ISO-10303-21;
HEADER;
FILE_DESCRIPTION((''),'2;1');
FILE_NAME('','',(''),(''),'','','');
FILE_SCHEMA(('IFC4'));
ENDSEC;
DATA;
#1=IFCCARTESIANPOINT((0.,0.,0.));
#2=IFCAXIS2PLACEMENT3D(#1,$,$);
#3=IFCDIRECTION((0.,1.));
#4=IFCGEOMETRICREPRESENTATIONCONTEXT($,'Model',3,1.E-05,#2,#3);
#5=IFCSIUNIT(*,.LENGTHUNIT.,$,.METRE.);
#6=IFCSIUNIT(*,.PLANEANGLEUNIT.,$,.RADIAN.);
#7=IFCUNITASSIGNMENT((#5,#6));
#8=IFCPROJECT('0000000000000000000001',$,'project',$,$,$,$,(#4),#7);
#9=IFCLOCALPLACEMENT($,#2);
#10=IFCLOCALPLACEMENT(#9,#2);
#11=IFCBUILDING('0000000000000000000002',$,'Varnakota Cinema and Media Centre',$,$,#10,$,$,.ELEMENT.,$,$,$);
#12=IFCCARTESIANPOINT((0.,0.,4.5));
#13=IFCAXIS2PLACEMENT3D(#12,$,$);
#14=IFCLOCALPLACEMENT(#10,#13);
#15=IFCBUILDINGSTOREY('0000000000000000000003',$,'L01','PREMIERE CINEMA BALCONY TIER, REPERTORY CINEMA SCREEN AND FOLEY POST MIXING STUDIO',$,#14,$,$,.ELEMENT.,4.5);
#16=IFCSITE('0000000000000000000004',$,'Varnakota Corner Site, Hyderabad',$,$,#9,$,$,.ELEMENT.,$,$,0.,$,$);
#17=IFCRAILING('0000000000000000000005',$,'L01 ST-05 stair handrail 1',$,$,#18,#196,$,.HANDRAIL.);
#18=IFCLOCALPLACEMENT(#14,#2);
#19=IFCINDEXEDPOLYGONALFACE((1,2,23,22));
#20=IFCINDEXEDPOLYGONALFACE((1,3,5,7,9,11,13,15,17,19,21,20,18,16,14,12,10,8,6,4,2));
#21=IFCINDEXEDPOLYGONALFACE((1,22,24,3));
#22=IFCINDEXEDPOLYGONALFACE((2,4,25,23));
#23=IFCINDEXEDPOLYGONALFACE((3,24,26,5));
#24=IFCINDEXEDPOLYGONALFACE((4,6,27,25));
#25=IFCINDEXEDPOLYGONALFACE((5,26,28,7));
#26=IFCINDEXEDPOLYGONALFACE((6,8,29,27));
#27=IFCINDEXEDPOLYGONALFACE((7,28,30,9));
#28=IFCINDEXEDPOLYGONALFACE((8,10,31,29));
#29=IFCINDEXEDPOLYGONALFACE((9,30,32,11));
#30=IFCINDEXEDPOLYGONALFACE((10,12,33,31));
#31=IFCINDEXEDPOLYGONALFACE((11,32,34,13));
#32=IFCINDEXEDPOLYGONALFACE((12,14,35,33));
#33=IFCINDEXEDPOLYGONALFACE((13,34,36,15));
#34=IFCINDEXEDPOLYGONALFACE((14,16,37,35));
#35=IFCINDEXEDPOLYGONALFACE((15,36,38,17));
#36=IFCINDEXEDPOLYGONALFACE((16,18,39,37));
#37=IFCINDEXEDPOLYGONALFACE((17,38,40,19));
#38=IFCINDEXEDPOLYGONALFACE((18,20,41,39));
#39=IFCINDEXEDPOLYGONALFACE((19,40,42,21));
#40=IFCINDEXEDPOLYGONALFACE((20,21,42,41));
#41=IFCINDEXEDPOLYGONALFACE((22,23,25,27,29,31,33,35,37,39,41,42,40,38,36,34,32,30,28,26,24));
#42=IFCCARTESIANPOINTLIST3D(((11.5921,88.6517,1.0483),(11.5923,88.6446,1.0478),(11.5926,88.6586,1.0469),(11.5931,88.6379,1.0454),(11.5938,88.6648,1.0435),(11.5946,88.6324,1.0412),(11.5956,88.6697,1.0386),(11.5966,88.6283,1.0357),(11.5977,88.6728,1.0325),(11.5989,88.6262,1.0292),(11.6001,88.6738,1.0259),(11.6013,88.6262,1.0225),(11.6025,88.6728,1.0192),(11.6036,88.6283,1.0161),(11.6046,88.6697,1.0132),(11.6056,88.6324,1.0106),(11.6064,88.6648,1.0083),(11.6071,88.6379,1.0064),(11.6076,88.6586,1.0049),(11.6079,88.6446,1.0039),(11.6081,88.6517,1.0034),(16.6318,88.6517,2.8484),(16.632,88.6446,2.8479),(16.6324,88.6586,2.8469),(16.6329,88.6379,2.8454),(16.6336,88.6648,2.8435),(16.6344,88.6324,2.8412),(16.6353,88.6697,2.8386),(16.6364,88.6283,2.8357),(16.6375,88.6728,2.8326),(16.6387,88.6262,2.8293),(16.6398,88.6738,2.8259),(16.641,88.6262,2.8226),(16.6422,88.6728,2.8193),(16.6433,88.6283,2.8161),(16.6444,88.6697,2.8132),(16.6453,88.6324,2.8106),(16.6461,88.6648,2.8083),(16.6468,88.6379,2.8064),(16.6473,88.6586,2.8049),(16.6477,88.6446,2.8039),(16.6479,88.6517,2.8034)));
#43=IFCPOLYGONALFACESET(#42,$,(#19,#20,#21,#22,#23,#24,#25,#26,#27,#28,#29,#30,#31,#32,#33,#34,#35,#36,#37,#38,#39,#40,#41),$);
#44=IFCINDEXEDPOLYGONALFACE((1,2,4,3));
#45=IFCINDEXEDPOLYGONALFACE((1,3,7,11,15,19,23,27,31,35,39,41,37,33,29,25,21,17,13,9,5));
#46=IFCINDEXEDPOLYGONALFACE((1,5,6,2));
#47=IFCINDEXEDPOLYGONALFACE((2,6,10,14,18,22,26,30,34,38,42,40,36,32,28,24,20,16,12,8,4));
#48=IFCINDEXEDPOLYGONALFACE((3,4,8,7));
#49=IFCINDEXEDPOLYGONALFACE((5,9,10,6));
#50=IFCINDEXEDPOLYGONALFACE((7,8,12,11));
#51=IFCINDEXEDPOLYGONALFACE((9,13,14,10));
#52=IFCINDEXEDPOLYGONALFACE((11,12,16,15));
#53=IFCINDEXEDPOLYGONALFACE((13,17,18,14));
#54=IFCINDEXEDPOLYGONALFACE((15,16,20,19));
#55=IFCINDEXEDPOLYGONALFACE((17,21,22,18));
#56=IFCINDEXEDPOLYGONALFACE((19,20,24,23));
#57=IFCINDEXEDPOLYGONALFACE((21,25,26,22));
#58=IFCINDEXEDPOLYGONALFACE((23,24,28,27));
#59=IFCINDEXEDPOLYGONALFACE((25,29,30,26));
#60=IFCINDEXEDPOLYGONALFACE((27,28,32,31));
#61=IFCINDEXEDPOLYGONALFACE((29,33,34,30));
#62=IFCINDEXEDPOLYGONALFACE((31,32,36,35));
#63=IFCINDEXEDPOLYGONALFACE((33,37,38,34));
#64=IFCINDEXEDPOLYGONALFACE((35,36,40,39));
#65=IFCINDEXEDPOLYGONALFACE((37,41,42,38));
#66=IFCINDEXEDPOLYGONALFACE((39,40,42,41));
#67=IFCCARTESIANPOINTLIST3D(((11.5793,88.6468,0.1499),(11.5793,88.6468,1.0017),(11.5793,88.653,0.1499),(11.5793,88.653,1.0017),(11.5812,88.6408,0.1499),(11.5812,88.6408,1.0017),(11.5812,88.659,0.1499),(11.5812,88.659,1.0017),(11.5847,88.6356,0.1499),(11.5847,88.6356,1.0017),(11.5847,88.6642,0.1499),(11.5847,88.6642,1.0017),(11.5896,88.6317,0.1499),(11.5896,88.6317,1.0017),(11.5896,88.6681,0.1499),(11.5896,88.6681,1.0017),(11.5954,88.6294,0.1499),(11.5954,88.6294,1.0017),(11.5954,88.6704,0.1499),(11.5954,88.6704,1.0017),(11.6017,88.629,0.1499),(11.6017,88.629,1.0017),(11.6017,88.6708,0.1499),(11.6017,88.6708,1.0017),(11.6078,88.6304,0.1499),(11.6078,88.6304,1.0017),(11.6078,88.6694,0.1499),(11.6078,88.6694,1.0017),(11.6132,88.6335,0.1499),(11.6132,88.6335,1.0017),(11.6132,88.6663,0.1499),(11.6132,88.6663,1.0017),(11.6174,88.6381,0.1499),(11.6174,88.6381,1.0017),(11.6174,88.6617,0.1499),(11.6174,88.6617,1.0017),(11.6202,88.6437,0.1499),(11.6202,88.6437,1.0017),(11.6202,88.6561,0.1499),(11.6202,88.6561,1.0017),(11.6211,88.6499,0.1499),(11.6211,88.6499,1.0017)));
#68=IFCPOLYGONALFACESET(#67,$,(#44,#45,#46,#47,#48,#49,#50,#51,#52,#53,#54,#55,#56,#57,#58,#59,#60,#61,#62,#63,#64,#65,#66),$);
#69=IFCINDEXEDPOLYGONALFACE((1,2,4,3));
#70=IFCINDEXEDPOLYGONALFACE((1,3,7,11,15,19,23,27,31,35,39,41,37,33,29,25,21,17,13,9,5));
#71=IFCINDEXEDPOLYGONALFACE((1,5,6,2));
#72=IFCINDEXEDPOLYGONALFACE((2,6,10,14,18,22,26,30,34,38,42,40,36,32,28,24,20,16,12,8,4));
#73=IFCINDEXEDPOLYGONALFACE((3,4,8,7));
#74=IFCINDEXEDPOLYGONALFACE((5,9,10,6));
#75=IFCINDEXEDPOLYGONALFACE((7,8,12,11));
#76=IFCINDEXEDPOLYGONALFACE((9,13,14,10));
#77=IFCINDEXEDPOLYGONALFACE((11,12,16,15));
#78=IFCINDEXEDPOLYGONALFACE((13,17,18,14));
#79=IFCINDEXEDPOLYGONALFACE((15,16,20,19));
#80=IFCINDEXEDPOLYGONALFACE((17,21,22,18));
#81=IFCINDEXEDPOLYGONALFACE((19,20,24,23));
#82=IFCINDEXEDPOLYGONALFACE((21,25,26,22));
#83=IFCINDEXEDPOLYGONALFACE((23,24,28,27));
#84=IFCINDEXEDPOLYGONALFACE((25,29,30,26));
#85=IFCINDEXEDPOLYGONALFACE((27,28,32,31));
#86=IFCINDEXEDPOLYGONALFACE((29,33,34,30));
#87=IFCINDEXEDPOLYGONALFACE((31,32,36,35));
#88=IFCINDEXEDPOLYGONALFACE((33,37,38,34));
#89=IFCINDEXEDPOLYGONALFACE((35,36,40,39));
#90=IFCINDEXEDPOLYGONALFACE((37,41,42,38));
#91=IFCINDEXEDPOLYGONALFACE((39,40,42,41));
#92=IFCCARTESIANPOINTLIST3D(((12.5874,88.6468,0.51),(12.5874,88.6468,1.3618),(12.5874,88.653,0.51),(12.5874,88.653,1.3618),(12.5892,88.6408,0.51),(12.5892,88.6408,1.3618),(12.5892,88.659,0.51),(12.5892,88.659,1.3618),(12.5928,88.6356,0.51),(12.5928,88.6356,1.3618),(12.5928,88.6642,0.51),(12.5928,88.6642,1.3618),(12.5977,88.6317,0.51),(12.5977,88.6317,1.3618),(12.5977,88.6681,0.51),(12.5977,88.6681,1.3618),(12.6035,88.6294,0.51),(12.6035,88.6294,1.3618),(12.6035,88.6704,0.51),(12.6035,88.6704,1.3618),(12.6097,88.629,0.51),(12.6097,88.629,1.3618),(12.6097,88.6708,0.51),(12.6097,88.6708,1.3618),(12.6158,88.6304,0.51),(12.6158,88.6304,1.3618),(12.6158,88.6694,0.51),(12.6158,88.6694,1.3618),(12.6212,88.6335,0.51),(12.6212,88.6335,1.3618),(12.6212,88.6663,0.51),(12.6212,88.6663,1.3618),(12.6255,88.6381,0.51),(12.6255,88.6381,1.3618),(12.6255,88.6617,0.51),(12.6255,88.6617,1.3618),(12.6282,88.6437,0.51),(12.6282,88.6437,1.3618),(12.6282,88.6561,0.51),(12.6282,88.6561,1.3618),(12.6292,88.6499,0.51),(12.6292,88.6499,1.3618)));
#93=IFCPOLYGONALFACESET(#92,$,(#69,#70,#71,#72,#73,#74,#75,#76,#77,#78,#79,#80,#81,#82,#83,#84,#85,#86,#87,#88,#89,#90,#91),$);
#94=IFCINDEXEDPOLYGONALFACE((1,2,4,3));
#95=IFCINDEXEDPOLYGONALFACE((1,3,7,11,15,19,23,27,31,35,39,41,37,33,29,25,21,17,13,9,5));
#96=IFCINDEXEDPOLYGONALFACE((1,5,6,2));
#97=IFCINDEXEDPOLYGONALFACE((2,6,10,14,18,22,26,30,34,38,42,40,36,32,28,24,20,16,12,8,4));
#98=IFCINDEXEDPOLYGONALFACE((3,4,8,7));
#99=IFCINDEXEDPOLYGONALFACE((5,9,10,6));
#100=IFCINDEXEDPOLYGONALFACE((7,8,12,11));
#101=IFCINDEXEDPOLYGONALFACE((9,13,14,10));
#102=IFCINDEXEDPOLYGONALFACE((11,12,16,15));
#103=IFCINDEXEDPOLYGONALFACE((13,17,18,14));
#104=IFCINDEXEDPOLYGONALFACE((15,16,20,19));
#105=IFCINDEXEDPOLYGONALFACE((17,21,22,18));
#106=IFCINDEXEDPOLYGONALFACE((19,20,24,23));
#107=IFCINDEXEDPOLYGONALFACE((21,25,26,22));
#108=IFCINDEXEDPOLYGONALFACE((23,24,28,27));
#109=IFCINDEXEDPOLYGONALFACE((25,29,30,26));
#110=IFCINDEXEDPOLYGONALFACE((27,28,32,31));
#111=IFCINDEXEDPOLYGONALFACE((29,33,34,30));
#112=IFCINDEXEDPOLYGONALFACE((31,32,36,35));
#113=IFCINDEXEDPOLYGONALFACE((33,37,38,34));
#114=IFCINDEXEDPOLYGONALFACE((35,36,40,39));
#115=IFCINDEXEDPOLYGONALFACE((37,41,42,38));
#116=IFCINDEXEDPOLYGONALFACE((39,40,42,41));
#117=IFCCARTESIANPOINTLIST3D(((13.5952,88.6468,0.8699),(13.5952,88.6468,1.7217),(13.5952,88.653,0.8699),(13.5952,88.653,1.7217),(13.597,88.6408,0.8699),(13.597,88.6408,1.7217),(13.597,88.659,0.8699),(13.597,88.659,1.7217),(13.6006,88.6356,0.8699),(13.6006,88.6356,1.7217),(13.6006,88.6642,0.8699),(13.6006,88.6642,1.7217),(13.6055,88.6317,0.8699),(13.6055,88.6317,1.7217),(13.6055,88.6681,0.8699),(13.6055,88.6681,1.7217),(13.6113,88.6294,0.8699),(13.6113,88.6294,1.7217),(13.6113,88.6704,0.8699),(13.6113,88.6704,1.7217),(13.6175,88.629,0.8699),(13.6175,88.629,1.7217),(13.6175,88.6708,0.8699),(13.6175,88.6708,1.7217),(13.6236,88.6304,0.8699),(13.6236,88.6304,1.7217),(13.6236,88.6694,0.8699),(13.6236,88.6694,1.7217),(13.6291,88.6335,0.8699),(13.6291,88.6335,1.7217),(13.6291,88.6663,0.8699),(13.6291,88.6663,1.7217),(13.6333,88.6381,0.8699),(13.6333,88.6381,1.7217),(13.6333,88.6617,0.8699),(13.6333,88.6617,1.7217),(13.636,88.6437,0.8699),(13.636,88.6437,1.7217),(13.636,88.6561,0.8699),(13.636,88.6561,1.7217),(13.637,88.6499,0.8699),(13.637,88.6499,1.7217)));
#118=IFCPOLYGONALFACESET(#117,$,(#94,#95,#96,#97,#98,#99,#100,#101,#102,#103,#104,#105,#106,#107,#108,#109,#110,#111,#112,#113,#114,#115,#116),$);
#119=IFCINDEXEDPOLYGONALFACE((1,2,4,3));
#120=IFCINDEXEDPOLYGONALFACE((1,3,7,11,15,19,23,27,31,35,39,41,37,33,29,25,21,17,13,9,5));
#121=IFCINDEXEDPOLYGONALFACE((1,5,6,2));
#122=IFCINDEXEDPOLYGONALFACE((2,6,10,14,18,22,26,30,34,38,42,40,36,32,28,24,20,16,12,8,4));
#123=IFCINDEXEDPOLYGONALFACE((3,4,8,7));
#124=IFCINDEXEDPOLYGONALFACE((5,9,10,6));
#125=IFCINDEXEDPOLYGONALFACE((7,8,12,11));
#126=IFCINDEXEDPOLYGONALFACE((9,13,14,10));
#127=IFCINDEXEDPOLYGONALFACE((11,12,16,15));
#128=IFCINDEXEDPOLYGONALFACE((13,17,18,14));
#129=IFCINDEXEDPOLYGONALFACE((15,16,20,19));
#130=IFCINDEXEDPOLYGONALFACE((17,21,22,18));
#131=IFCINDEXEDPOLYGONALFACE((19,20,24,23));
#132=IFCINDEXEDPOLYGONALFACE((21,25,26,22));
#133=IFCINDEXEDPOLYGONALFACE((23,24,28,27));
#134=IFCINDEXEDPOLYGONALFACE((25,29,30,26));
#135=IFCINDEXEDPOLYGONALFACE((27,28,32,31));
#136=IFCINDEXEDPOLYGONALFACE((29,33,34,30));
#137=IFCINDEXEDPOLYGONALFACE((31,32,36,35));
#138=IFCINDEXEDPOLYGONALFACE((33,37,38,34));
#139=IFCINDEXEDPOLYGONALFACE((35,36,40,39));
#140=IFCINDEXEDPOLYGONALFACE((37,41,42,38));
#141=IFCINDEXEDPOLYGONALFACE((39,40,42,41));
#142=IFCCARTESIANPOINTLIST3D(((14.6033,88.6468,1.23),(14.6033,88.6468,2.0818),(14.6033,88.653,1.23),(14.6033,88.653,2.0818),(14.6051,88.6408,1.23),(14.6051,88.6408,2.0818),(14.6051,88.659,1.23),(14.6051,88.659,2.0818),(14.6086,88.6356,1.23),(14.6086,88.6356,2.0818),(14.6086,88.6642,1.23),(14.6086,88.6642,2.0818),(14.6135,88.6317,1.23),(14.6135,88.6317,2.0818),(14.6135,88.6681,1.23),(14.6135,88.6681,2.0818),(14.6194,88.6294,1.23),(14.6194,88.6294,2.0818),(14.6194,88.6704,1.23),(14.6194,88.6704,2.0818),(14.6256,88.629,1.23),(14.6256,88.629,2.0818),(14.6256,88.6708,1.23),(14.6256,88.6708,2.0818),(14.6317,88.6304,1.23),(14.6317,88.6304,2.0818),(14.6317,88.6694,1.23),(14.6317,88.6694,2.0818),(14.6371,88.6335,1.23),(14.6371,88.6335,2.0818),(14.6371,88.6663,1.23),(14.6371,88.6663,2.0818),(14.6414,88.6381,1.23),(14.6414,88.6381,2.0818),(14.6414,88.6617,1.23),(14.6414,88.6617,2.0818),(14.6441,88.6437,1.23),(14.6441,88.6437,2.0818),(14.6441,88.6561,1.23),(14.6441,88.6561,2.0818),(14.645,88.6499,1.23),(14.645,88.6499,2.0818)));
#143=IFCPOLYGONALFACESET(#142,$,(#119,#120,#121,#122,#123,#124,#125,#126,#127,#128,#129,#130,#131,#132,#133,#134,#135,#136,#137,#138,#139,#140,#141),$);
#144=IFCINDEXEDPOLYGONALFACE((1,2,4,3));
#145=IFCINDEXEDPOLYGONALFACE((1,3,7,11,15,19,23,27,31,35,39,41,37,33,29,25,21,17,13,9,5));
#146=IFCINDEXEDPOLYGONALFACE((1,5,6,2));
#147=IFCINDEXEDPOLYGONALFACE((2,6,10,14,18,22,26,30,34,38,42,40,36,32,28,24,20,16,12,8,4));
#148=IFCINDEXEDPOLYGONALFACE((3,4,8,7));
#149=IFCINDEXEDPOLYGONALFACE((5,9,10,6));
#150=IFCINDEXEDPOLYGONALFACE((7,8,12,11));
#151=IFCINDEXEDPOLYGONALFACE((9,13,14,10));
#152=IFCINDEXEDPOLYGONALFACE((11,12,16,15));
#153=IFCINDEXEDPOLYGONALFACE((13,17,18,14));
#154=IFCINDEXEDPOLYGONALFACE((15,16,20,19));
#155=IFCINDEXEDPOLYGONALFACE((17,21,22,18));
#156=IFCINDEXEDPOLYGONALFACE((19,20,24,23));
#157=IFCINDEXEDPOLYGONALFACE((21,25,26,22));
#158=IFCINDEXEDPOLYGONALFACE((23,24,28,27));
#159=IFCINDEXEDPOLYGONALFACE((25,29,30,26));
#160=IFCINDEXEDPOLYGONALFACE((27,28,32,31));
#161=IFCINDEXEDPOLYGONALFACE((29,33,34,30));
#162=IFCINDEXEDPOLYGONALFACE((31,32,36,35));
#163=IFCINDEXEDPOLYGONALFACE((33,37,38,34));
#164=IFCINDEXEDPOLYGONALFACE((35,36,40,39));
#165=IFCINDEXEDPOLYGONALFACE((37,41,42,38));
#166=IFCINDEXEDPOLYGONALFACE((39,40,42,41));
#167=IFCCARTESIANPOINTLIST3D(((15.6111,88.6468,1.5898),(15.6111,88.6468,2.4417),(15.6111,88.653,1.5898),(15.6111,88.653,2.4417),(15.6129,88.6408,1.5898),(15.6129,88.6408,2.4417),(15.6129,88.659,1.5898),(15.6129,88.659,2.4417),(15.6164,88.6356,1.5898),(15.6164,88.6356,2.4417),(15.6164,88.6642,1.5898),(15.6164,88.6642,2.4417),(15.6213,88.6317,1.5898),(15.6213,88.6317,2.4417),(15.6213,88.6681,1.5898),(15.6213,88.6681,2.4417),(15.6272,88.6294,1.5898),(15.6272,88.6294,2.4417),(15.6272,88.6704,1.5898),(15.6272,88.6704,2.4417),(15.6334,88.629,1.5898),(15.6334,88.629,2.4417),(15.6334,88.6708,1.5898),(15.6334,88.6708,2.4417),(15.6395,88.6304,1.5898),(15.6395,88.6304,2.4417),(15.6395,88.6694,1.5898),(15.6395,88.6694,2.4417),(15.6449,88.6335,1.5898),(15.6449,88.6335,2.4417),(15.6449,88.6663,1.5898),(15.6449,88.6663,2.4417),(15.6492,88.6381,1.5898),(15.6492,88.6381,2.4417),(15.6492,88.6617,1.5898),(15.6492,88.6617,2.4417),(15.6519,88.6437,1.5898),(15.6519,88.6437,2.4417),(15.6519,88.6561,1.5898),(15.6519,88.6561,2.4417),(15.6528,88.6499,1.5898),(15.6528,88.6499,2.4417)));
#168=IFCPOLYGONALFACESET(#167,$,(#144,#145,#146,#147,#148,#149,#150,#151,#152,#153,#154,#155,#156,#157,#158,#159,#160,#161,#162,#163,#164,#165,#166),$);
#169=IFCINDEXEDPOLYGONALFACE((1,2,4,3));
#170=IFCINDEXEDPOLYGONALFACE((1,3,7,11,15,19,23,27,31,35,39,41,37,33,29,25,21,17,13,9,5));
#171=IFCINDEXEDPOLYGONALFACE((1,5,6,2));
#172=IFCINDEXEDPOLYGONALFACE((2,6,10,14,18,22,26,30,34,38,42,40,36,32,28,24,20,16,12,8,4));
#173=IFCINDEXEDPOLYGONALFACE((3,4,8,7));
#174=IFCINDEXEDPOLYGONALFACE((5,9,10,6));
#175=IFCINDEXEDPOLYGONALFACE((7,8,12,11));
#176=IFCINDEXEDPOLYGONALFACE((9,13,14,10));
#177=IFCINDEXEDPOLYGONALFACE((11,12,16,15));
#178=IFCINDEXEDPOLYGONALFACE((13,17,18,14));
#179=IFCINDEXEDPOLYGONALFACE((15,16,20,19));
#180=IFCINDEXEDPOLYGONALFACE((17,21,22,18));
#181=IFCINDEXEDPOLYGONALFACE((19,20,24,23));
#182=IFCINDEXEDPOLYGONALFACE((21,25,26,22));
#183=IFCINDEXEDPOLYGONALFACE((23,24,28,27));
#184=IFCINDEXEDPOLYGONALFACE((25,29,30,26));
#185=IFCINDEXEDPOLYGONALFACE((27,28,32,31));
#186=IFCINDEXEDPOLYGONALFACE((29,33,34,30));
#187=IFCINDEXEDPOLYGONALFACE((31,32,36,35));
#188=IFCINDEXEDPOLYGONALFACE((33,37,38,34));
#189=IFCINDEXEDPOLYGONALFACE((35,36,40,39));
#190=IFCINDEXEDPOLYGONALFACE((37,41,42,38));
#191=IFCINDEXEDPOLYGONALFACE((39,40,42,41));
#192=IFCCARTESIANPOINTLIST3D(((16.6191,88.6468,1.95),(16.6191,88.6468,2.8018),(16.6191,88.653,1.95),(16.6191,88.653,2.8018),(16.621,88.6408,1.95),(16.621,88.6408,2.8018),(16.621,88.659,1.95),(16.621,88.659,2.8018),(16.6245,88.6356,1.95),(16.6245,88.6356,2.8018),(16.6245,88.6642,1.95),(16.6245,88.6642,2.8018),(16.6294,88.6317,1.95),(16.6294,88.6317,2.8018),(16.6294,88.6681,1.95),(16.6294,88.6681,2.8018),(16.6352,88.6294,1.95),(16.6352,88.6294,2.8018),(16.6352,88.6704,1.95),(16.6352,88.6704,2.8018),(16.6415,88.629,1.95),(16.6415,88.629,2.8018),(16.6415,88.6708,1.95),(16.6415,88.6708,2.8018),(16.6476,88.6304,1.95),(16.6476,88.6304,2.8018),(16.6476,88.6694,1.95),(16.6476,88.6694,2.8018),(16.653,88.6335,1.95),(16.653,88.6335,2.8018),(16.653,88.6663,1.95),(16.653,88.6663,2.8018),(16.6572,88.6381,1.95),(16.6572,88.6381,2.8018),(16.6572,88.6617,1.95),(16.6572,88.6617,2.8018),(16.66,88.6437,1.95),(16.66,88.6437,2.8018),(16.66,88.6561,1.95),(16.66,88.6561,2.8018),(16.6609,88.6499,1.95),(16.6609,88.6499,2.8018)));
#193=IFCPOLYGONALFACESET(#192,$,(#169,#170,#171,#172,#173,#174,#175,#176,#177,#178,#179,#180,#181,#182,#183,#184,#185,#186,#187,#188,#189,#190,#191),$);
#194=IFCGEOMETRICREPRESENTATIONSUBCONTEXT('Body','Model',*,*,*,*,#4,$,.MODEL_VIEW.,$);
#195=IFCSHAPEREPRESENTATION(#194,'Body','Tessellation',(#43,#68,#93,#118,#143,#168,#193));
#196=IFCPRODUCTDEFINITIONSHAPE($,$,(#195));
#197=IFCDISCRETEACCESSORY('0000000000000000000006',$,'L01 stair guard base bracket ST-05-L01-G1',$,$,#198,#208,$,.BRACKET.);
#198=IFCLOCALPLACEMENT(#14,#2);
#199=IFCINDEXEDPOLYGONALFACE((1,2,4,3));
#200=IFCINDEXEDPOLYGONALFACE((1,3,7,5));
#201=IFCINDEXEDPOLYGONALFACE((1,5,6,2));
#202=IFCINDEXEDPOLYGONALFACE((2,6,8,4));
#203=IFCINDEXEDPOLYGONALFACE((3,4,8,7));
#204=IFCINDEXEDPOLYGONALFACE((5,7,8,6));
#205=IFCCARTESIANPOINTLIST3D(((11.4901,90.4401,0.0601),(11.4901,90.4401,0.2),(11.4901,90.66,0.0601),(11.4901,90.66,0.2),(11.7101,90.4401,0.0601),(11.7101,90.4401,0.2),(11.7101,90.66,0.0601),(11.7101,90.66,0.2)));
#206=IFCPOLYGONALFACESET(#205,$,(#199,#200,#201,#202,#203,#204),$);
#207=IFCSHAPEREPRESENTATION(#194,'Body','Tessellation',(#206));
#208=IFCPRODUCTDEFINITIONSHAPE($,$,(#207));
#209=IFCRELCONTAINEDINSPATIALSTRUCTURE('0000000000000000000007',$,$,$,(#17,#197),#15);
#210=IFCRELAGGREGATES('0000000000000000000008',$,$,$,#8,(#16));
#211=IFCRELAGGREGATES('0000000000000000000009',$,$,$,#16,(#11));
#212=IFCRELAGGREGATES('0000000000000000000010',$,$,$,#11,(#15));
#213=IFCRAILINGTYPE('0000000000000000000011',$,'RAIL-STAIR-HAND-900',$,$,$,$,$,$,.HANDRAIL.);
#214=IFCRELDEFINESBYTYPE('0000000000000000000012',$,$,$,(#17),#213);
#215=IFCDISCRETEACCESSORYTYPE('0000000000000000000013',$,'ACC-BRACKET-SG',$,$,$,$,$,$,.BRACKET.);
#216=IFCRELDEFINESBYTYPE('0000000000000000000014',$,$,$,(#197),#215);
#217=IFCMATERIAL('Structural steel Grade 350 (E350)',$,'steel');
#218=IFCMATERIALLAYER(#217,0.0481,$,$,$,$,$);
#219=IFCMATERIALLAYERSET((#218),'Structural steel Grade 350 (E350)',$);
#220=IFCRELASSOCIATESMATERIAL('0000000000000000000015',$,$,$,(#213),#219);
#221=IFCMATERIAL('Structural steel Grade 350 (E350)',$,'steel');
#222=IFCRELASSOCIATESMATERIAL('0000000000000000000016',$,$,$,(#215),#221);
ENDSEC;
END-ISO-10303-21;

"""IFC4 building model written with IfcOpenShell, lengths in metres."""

from ifc_helpers import new_model, si_unit, direction, frame, origin, origin_2d, place, context, subcontext, project, spatial, rectangle, circle, extrude, material, layer, layer_set, type_object, element, save


model = new_model("IFC4")

# Units and contexts
model_context = context("Model", 3, precision=1e-05, world=origin(), true_north=direction((0.0, 1.0)))
body_context = subcontext(model_context, "Body", "Model", "MODEL_VIEW")
ifc_project = project(units=[si_unit("LENGTHUNIT", "METRE"), si_unit("PLANEANGLEUNIT", "RADIAN")], contexts=[model_context])

# Site, building, storey
site_placement = place(None, origin())
site = spatial("IfcSite", under=ifc_project, at=site_placement, Name="Varnakota Corner Site, Hyderabad", CompositionType="ELEMENT", RefElevation=0.0)
building_placement = place(site_placement, origin())
building = spatial("IfcBuilding", under=site, at=building_placement, Name="Varnakota Cinema and Media Centre", CompositionType="ELEMENT")
storey_placement = place(building_placement, frame((0.0, 0.0, 4.5)))
storey = spatial("IfcBuildingStorey", under=building, at=storey_placement, Name="L01", Description="PREMIERE CINEMA BALCONY TIER, REPERTORY CINEMA SCREEN AND FOLEY POST MIXING STUDIO", CompositionType="ELEMENT", Elevation=4.5)

# Railing
ifc_material_1 = material(Name="Structural steel Grade 350 (E350)", Category="steel")
ifc_layer_1 = layer(ifc_material_1, 0.0481)
ifc_layer_set_1 = layer_set([ifc_layer_1], Name="Structural steel Grade 350 (E350)")
railing_type_1 = type_object("IfcRailingType", Name="RAIL-STAIR-HAND-900", PredefinedType="HANDRAIL", material=ifc_layer_set_1)
railing_1_placement = place(storey_placement, frame((11.6001, 88.6499, 0.1499)))
element("IfcRailing", 1, at=railing_1_placement, inside=storey, type_object=railing_type_1, Name="L01 ST-05 stair handrail 1", PredefinedType="HANDRAIL", context=body_context, shape_type="SweptSolid", body=[
    extrude(circle(Radius=0.0239, at=origin_2d()), frame((0.0, 0.0, 0.876), z_axis=(0.941735, 0.0, 0.336357), x_axis=(0.0, 1.0, 0.0)), (0.0, 0.0, 1.0), 5.3516),
    extrude(circle(Radius=0.021, at=origin_2d()), origin(), (0.0, 0.0, 1.0), 0.8518),
    extrude(circle(Radius=0.021, at=origin_2d()), frame((1.0081, 0.0, 0.3601)), (0.0, 0.0, 1.0), 0.8518),
    extrude(circle(Radius=0.021, at=origin_2d()), frame((2.0159, 0.0, 0.72)), (0.0, 0.0, 1.0), 0.8518),
    extrude(circle(Radius=0.021, at=origin_2d()), frame((3.0239, 0.0, 1.0801)), (0.0, 0.0, 1.0), 0.8518),
    extrude(circle(Radius=0.021, at=origin_2d()), frame((4.0317, 0.0, 1.4399)), (0.0, 0.0, 1.0), 0.8518),
    extrude(circle(Radius=0.021, at=origin_2d()), frame((5.0398, 0.0, 1.8)), (0.0, 0.0, 1.0), 0.8518),
])

# Discrete accessory
ifc_material_2 = material(Name="Structural steel Grade 350 (E350)", Category="steel")
discrete_accessory_type = type_object("IfcDiscreteAccessoryType", Name="ACC-BRACKET-SG", PredefinedType="BRACKET", material=ifc_material_2)
for number, where, z_axis, x_axis, name in (
    (2, (11.6001, 90.55, 0.0601), (0.0, 0.0, 1.0), (1.0, 0.0, 0.0), "L01 stair guard base bracket ST-05-L01-G1"),
):
    element("IfcDiscreteAccessory", number, at=place(storey_placement, frame(where, z_axis=z_axis, x_axis=x_axis)), inside=storey, type_object=discrete_accessory_type, Name=name, PredefinedType="BRACKET", context=body_context, shape_type="SweptSolid", body=[
        extrude(rectangle(XDim=0.22, YDim=0.22, at=origin_2d()), origin(), (0.0, 0.0, 1.0), 0.1399),
    ])

save(model, "model.ifc")
